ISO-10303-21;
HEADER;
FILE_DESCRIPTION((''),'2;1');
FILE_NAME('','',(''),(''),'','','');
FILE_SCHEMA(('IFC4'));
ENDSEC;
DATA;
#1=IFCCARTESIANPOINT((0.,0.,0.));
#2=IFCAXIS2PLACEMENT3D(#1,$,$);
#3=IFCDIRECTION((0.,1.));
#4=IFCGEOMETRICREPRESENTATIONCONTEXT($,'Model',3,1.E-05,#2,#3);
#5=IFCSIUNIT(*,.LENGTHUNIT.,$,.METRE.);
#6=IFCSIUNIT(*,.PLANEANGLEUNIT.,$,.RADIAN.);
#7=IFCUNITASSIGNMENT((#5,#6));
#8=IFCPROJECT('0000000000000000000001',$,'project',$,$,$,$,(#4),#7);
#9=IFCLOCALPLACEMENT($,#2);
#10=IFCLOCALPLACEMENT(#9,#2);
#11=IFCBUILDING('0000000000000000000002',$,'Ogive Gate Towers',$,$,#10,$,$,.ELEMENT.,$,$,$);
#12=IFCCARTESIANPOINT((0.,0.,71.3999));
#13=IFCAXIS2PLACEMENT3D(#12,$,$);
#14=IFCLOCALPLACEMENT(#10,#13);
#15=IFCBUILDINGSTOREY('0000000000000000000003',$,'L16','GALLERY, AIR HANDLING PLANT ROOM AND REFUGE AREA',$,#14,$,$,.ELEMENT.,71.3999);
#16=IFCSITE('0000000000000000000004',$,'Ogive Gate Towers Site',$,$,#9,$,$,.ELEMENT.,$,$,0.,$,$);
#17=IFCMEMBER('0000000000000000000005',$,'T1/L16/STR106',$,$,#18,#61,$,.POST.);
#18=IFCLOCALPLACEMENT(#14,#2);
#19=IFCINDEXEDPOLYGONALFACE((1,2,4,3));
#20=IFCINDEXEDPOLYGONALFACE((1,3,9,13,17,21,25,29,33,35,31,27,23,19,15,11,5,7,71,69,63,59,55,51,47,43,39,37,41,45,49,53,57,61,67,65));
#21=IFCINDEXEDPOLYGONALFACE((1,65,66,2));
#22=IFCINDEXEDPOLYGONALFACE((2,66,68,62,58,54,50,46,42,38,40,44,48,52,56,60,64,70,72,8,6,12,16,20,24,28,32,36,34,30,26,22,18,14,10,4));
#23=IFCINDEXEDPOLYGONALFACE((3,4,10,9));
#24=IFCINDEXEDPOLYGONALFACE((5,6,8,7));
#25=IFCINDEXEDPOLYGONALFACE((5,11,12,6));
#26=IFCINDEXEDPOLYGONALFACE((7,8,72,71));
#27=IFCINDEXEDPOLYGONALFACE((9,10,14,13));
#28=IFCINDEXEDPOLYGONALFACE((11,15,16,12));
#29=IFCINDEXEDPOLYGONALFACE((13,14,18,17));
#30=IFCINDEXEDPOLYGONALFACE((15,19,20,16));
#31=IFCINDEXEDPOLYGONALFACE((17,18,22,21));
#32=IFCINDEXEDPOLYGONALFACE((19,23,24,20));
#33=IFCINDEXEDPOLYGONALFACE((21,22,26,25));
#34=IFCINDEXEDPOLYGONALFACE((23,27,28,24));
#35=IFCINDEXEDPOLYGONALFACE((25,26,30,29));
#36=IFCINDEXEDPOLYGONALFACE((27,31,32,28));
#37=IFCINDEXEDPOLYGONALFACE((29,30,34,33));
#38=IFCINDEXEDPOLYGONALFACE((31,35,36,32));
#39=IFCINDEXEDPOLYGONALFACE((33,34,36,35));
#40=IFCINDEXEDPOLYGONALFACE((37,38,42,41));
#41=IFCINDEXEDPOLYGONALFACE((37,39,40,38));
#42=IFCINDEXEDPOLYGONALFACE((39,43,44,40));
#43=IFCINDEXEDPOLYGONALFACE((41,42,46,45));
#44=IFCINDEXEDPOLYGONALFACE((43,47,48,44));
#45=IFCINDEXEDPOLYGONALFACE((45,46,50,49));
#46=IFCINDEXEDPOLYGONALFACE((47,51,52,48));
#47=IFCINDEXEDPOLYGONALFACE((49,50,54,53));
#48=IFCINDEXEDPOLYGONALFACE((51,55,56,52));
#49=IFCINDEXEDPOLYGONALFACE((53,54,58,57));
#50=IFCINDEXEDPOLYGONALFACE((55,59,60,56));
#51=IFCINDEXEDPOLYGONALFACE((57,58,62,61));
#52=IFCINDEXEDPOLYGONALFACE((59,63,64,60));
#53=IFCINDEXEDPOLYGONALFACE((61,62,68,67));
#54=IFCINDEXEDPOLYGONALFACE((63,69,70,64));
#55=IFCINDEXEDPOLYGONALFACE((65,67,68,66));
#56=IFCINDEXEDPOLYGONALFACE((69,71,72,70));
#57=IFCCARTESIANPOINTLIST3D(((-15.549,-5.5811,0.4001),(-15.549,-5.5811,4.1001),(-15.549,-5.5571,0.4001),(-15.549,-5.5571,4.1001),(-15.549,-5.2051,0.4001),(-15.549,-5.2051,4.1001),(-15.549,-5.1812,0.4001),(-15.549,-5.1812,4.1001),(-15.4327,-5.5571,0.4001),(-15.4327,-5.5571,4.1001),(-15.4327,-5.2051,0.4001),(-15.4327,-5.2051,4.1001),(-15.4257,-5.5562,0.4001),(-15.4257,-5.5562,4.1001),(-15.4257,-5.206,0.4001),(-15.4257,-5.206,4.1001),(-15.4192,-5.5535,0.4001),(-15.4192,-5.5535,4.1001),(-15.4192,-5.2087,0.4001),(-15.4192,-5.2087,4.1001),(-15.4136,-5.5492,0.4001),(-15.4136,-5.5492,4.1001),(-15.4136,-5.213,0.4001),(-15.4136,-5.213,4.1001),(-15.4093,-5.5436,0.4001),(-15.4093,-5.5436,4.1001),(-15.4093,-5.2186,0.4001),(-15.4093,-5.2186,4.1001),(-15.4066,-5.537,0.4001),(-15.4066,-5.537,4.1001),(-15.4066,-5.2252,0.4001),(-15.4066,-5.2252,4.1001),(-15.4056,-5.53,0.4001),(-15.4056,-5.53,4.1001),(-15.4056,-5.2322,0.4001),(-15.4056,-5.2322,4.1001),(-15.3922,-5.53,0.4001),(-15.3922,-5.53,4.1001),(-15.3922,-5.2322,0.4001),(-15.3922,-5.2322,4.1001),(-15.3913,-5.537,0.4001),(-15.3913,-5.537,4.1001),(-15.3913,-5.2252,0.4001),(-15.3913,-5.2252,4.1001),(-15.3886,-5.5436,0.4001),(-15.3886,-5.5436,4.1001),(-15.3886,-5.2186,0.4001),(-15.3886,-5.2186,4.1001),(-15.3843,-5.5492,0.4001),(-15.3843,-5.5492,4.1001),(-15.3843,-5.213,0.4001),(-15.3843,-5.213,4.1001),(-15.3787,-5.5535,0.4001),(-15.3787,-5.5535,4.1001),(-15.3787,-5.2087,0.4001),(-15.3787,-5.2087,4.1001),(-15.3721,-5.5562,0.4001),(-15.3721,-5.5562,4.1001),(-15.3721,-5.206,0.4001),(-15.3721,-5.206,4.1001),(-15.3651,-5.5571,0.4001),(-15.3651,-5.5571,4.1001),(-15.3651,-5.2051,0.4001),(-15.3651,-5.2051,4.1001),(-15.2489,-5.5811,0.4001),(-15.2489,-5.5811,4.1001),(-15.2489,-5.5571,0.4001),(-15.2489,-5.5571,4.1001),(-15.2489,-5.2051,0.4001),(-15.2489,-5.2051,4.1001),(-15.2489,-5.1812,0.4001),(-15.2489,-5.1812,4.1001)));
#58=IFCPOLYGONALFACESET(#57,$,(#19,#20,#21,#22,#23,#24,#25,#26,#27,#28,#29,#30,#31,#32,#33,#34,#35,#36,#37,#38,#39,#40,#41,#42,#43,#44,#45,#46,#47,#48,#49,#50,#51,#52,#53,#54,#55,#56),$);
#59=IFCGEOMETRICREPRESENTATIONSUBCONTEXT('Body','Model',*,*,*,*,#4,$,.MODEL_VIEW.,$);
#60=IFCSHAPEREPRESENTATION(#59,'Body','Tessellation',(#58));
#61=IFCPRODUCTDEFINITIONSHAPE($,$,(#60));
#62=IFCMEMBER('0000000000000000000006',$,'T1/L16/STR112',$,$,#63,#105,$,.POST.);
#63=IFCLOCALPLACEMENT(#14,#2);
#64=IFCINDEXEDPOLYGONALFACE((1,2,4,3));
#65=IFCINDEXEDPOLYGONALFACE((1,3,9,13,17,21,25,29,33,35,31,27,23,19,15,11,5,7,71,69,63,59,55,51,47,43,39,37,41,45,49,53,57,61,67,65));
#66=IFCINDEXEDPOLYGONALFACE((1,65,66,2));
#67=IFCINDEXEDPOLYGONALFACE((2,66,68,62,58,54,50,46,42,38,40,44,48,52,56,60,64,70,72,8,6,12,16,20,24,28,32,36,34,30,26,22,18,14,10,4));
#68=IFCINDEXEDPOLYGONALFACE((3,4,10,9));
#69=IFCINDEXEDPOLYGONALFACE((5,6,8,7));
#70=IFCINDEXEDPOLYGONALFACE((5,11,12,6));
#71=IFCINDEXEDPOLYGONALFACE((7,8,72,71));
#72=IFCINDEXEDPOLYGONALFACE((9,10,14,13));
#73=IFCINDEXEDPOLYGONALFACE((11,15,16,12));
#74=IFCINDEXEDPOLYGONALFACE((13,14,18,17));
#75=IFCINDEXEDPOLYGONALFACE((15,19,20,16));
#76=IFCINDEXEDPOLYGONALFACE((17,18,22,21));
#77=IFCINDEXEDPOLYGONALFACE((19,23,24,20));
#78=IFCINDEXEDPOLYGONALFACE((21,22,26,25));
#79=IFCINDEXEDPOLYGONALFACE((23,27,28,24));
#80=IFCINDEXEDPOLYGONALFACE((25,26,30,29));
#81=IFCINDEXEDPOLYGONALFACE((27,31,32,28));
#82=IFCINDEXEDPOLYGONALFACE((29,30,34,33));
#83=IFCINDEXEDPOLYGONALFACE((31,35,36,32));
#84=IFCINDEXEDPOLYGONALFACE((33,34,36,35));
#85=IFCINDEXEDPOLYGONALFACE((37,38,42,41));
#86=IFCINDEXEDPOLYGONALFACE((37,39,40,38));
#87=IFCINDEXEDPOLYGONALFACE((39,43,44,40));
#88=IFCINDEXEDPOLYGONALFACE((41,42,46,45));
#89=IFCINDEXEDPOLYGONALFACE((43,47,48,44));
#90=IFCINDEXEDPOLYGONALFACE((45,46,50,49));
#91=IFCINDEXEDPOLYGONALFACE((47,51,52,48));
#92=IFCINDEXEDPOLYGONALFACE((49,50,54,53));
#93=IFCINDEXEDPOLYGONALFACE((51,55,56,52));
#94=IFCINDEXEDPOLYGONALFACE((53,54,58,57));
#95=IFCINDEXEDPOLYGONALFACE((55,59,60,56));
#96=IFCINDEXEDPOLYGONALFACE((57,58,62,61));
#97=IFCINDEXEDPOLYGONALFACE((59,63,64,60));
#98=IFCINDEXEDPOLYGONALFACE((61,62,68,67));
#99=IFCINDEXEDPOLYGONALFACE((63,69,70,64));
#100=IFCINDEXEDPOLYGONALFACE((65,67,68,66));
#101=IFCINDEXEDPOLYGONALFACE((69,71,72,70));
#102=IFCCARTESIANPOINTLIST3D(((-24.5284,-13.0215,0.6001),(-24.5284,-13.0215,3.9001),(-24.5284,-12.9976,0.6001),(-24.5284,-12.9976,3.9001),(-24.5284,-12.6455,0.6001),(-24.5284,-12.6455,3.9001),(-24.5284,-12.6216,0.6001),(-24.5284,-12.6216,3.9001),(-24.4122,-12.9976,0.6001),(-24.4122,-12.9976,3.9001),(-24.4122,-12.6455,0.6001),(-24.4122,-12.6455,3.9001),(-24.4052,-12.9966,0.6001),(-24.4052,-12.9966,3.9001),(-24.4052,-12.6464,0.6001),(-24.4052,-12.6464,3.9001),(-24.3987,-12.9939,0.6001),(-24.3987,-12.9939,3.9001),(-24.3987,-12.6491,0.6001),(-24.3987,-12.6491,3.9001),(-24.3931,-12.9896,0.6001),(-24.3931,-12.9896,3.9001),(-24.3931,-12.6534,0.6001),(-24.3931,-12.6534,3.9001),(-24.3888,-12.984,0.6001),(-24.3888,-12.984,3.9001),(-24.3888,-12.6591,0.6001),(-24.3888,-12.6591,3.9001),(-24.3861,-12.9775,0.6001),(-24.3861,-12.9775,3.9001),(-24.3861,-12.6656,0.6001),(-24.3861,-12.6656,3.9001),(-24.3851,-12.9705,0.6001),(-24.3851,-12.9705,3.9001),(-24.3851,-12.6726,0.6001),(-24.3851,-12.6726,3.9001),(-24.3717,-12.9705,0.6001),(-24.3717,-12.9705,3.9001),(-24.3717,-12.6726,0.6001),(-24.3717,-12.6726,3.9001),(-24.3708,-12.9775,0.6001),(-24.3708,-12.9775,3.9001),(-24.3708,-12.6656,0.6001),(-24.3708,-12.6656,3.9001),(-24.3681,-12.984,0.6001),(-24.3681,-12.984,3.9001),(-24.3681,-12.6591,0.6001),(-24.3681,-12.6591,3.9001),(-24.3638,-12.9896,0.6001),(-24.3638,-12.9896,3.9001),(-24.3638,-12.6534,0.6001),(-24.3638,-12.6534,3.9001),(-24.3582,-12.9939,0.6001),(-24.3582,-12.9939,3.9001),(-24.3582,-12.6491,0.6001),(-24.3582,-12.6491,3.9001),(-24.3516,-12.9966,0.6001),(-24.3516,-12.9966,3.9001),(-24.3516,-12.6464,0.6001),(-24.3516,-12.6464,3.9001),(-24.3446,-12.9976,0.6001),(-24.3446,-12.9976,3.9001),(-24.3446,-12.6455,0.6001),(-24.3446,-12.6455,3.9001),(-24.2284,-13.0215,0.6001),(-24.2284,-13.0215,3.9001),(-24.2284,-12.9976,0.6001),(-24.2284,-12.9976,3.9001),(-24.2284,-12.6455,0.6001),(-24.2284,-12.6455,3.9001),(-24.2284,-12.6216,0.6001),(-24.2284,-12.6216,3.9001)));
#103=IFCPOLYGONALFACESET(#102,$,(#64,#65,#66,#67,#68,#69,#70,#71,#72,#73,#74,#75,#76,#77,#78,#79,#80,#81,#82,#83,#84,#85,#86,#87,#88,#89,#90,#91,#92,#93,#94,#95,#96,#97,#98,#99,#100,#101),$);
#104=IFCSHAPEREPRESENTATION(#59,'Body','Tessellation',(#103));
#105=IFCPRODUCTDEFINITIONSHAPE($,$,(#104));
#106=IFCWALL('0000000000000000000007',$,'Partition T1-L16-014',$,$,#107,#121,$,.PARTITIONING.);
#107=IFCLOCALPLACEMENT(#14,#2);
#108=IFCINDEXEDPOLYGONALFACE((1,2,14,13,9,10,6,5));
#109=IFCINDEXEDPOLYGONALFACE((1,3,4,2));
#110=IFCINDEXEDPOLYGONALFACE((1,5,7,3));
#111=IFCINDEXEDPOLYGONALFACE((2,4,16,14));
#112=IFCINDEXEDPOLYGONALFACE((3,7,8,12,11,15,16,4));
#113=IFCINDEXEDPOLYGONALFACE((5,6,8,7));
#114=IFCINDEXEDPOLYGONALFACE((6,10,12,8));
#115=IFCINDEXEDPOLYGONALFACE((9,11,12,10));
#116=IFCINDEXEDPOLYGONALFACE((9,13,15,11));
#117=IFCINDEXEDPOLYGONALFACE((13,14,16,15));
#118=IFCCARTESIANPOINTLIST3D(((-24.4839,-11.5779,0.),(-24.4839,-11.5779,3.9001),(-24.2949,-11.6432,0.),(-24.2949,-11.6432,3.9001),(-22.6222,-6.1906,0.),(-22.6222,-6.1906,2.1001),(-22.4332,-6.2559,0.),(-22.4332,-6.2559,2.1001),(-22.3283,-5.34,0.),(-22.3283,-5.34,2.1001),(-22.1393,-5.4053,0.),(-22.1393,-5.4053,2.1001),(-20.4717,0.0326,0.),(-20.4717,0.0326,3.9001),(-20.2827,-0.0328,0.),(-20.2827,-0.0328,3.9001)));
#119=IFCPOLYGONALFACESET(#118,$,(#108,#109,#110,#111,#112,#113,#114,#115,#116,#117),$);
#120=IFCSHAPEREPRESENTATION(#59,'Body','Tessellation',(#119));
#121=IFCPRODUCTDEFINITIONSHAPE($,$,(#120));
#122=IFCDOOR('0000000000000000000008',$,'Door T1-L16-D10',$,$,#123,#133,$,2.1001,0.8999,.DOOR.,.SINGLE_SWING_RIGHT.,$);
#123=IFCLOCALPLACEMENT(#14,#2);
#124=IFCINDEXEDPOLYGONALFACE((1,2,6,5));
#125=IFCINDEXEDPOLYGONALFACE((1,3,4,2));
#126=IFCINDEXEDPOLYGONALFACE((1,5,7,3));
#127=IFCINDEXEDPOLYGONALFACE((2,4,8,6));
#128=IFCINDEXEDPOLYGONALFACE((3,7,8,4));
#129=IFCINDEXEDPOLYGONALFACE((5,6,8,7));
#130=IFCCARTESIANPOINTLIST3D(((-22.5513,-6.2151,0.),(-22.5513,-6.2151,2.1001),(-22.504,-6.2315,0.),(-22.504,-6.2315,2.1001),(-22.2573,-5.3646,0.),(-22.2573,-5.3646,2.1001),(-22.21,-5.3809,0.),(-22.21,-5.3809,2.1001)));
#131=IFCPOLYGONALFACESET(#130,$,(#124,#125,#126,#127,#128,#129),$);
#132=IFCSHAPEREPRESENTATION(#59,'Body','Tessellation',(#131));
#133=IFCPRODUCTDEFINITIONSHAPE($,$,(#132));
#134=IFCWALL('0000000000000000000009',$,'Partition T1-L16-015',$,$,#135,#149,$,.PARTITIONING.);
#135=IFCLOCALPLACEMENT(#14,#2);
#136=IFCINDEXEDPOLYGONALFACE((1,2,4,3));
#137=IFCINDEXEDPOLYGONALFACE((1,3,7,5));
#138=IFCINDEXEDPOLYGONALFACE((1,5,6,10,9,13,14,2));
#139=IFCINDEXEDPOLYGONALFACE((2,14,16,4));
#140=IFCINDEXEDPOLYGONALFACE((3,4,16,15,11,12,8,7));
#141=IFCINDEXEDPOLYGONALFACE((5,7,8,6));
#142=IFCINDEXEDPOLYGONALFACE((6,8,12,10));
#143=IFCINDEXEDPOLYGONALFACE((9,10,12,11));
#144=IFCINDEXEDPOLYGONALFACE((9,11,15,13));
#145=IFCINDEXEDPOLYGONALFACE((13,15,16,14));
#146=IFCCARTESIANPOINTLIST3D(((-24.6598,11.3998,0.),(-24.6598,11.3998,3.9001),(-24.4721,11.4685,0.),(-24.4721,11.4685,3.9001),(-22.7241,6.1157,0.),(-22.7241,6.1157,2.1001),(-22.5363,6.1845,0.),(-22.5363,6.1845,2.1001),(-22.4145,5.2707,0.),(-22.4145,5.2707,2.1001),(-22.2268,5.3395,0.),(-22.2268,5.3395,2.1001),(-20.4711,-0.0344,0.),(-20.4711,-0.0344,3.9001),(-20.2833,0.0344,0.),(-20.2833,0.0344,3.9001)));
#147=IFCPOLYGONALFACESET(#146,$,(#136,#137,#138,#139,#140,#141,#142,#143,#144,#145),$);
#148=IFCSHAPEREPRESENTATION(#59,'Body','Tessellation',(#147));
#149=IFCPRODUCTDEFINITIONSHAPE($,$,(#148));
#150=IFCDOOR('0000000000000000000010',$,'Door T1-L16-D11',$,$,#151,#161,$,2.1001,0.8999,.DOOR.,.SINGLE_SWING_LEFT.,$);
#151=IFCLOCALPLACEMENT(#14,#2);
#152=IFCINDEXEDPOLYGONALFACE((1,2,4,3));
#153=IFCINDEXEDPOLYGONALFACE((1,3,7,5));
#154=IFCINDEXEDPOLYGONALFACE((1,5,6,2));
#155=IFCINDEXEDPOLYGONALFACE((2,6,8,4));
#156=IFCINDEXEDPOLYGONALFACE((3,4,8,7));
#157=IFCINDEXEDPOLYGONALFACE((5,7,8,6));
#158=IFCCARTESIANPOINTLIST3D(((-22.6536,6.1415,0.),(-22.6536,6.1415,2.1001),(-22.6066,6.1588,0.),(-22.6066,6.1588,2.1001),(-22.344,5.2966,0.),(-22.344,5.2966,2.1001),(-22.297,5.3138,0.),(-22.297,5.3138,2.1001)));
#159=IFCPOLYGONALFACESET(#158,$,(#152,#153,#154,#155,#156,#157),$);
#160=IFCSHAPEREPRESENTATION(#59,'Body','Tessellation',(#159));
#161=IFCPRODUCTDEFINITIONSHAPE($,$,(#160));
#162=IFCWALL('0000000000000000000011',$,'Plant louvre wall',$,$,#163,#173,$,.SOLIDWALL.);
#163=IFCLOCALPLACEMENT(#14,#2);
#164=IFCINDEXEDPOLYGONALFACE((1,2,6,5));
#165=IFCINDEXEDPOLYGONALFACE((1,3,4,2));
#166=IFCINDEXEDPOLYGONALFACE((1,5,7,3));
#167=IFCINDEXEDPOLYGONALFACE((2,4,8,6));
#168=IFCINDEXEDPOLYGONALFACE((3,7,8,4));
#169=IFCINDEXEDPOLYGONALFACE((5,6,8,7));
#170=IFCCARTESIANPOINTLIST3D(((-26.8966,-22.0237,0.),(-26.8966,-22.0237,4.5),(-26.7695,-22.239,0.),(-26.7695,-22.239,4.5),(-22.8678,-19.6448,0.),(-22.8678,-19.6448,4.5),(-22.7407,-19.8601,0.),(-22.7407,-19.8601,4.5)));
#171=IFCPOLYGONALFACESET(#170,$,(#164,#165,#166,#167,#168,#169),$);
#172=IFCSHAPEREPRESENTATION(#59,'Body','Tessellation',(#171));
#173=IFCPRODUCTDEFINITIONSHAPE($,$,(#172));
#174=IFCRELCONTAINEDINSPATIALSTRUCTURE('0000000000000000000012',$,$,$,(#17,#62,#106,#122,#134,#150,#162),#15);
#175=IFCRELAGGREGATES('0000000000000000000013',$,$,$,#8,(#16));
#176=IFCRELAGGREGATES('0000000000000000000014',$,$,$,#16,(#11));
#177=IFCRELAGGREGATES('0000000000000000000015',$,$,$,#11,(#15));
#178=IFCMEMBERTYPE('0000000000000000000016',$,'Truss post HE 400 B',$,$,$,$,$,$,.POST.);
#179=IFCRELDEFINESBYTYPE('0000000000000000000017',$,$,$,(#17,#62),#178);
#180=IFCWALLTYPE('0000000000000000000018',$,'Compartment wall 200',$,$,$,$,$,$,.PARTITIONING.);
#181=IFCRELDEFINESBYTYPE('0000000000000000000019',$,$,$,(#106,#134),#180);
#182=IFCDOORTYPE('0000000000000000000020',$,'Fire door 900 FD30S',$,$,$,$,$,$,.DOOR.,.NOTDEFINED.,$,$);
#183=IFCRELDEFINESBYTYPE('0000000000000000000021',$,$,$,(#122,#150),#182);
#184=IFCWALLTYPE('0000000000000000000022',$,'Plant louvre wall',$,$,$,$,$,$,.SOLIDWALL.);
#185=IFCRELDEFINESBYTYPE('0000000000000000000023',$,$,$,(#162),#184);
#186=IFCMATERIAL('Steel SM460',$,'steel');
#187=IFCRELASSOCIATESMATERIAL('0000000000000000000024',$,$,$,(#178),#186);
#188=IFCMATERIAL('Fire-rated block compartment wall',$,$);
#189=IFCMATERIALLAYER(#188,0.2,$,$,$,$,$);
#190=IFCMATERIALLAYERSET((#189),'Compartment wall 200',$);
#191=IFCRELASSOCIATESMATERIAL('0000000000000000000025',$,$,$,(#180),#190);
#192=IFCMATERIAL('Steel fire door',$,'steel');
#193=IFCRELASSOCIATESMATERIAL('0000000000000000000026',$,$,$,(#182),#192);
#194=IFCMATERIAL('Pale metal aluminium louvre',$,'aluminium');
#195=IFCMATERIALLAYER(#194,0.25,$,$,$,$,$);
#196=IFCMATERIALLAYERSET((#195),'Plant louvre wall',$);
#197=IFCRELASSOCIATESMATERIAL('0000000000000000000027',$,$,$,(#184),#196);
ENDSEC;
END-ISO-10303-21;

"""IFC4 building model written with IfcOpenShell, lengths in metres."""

from ifc_helpers import new_model, si_unit, direction, frame, frame_2d, origin, origin_2d, place, context, subcontext, project, spatial, rectangle, i_section, extrude, material, layer, layer_set, material_profile, profile_set, type_object, element, fill, save


model = new_model("IFC4")

# Units and contexts
model_context = context("Model", 3, precision=1e-05, world=origin(), true_north=direction((0.0, 1.0)))
body_context = subcontext(model_context, "Body", "Model", "MODEL_VIEW")
ifc_project = project(units=[si_unit("LENGTHUNIT", "METRE"), si_unit("PLANEANGLEUNIT", "RADIAN")], contexts=[model_context])

# Site, building, storey
site_placement = place(None, origin())
site = spatial("IfcSite", under=ifc_project, at=site_placement, Name="Ogive Gate Towers Site", CompositionType="ELEMENT", RefElevation=0.0)
building_placement = place(site_placement, origin())
building = spatial("IfcBuilding", under=site, at=building_placement, Name="Ogive Gate Towers", CompositionType="ELEMENT")
storey_placement = place(building_placement, frame((0.0, 0.0, 71.3999)))
storey = spatial("IfcBuildingStorey", under=building, at=storey_placement, Name="L16", Description="GALLERY, AIR HANDLING PLANT ROOM AND REFUGE AREA", CompositionType="ELEMENT", Elevation=71.3999)

# Shared definitions
ifc_material_1 = material(Name="Steel SM460", Category="steel")

# Members
ifc_material_profile_1 = material_profile(ifc_material_1, i_section(OverallWidth=0.3, OverallDepth=0.3999, WebThickness=0.0134, FlangeThickness=0.0239, FilletRadius=0.0271, at=origin_2d()), Name="HE 400 B")
ifc_profile_set_1 = profile_set([ifc_material_profile_1], Name="Steel SM460")
member_type_1 = type_object("IfcMemberType", Name="Truss post HE 400 B", PredefinedType="POST", material=ifc_profile_set_1)
for number, where, z_axis, x_axis, name in (
    (1, (-15.3989, -5.3811, 0.4001), (0.0, 0.0, 1.0), (1.0, 0.0, 0.0), "T1/L16/STR106"),
):
    element("IfcMember", number, at=place(storey_placement, frame(where, z_axis=z_axis, x_axis=x_axis)), inside=storey, type_object=member_type_1, Name=name, PredefinedType="POST", context=body_context, shape_type="SweptSolid", body=[
        extrude(i_section(OverallWidth=0.3, OverallDepth=0.3999, WebThickness=0.0134, FlangeThickness=0.0239, FilletRadius=0.0271, at=origin_2d()), origin(), (0.0, 0.0, 1.0), 3.7),
    ])
member_1_placement = place(storey_placement, frame((-24.3784, -12.8215, 0.6001), z_axis=(0.0, 0.0, 1.0), x_axis=(1.0, 0.0, 0.0)))
element("IfcMember", 2, at=member_1_placement, inside=storey, type_object=member_type_1, Name="T1/L16/STR112", PredefinedType="POST", context=body_context, shape_type="SweptSolid", body=[
    extrude(i_section(OverallWidth=0.3, OverallDepth=0.3999, WebThickness=0.0134, FlangeThickness=0.0239, FilletRadius=0.0271, at=origin_2d()), origin(), (0.0, 0.0, 1.0), 3.3),
])

# Walls, openings, doors
ifc_material_2 = material(Name="Fire-rated block compartment wall")
ifc_layer_1 = layer(ifc_material_2, 0.2)
ifc_layer_set_1 = layer_set([ifc_layer_1], Name="Compartment wall 200")
wall_type_1 = type_object("IfcWallType", Name="Compartment wall 200", PredefinedType="PARTITIONING", material=ifc_layer_set_1)
wall_1_placement = place(storey_placement, frame((-24.3894, -11.6106, 0.0), z_axis=(0.0, 0.0, 1.0), x_axis=(0.326613, 0.945158, 0.0)))
wall_1 = element("IfcWall", 3, at=wall_1_placement, inside=storey, type_object=wall_type_1, Name="Partition T1-L16-014", PredefinedType="PARTITIONING", context=body_context, shape_type="SweptSolid", body=[
    extrude(rectangle(XDim=12.2842, YDim=0.2, at=frame_2d((6.1421, 0.0))), origin(), (0.0, 0.0, 1.0), 3.9001),
])
opening_1_placement = place(wall_1_placement, frame((5.7, 0.0, 0.0)))
opening_1 = element("IfcOpeningElement", 4, at=opening_1_placement, cuts=wall_1, PredefinedType="OPENING", context=body_context, shape_type="SweptSolid", body=[
    extrude(rectangle(XDim=0.8999, YDim=2.1001, at=frame_2d((0.45, 1.05))), frame((0.0, 0.1099, 0.0), z_axis=(0.0, -1.0, 0.0), x_axis=(1.0, 0.0, 0.0)), (0.0, 0.0, 1.0), 0.22),
])
ifc_material_3 = material(Name="Steel fire door", Category="steel")
door_type = type_object("IfcDoorType", Name="Fire door 900 FD30S", OperationType="NOTDEFINED", PredefinedType="DOOR", material=ifc_material_3)
door_1_placement = place(opening_1_placement, origin())
door_1 = element("IfcDoor", 5, at=door_1_placement, inside=storey, type_object=door_type, Name="Door T1-L16-D10", OperationType="SINGLE_SWING_RIGHT", OverallHeight=2.1001, OverallWidth=0.8999, PredefinedType="DOOR", context=body_context, shape_type="SweptSolid", body=[
    extrude(rectangle(XDim=0.8999, YDim=2.1001, at=frame_2d((0.45, 1.05))), frame((0.0, 0.0249, 0.0), z_axis=(0.0, -1.0, 0.0), x_axis=(1.0, 0.0, 0.0)), (0.0, 0.0, 1.0), 0.05),
])
fill(opening_1, door_1)
wall_2_placement = place(storey_placement, frame((-20.3772, 0.0, 0.0), z_axis=(0.0, 0.0, 1.0), x_axis=(-0.343981, 0.938977, 0.0)))
wall_2 = element("IfcWall", 6, at=wall_2_placement, inside=storey, type_object=wall_type_1, Name="Partition T1-L16-015", PredefinedType="PARTITIONING", context=body_context, shape_type="SweptSolid", body=[
    extrude(rectangle(XDim=12.1772, YDim=0.2, at=frame_2d((6.0886, 0.0))), origin(), (0.0, 0.0, 1.0), 3.9001),
])
opening_2_placement = place(wall_2_placement, frame((5.6499, 0.0, 0.0)))
opening_2 = element("IfcOpeningElement", 7, at=opening_2_placement, cuts=wall_2, PredefinedType="OPENING", context=body_context, shape_type="SweptSolid", body=[
    extrude(rectangle(XDim=0.8999, YDim=2.1001, at=frame_2d((0.45, 1.05))), frame((0.0, 0.1099, 0.0), z_axis=(0.0, -1.0, 0.0), x_axis=(1.0, 0.0, 0.0)), (0.0, 0.0, 1.0), 0.22),
])
door_2_placement = place(opening_2_placement, origin())
door_2 = element("IfcDoor", 8, at=door_2_placement, inside=storey, type_object=door_type, Name="Door T1-L16-D11", OperationType="SINGLE_SWING_LEFT", OverallHeight=2.1001, OverallWidth=0.8999, PredefinedType="DOOR", context=body_context, shape_type="SweptSolid", body=[
    extrude(rectangle(XDim=0.8999, YDim=2.1001, at=frame_2d((0.45, 1.05))), frame((0.0, 0.0249, 0.0), z_axis=(0.0, -1.0, 0.0), x_axis=(1.0, 0.0, 0.0)), (0.0, 0.0, 1.0), 0.05),
])
fill(opening_2, door_2)

# Wall
ifc_material_4 = material(Name="Pale metal aluminium louvre", Category="aluminium")
ifc_layer_2 = layer(ifc_material_4, 0.25)
ifc_layer_set_2 = layer_set([ifc_layer_2], Name="Plant louvre wall")
wall_type_2 = type_object("IfcWallType", Name="Plant louvre wall", PredefinedType="SOLIDWALL", material=ifc_layer_set_2)
wall_3_placement = place(storey_placement, frame((-26.833, -22.1313, 0.0), z_axis=(0.0, 0.0, 1.0), x_axis=(0.861091, 0.508452, 0.0)))
element("IfcWall", 9, at=wall_3_placement, inside=storey, type_object=wall_type_2, Name="Plant louvre wall", PredefinedType="SOLIDWALL", context=body_context, shape_type="SweptSolid", body=[
    extrude(rectangle(XDim=4.6787, YDim=0.25, at=frame_2d((2.3394, 0.0))), origin(), (0.0, 0.0, 1.0), 4.5),
])

save(model, "model.ifc")
